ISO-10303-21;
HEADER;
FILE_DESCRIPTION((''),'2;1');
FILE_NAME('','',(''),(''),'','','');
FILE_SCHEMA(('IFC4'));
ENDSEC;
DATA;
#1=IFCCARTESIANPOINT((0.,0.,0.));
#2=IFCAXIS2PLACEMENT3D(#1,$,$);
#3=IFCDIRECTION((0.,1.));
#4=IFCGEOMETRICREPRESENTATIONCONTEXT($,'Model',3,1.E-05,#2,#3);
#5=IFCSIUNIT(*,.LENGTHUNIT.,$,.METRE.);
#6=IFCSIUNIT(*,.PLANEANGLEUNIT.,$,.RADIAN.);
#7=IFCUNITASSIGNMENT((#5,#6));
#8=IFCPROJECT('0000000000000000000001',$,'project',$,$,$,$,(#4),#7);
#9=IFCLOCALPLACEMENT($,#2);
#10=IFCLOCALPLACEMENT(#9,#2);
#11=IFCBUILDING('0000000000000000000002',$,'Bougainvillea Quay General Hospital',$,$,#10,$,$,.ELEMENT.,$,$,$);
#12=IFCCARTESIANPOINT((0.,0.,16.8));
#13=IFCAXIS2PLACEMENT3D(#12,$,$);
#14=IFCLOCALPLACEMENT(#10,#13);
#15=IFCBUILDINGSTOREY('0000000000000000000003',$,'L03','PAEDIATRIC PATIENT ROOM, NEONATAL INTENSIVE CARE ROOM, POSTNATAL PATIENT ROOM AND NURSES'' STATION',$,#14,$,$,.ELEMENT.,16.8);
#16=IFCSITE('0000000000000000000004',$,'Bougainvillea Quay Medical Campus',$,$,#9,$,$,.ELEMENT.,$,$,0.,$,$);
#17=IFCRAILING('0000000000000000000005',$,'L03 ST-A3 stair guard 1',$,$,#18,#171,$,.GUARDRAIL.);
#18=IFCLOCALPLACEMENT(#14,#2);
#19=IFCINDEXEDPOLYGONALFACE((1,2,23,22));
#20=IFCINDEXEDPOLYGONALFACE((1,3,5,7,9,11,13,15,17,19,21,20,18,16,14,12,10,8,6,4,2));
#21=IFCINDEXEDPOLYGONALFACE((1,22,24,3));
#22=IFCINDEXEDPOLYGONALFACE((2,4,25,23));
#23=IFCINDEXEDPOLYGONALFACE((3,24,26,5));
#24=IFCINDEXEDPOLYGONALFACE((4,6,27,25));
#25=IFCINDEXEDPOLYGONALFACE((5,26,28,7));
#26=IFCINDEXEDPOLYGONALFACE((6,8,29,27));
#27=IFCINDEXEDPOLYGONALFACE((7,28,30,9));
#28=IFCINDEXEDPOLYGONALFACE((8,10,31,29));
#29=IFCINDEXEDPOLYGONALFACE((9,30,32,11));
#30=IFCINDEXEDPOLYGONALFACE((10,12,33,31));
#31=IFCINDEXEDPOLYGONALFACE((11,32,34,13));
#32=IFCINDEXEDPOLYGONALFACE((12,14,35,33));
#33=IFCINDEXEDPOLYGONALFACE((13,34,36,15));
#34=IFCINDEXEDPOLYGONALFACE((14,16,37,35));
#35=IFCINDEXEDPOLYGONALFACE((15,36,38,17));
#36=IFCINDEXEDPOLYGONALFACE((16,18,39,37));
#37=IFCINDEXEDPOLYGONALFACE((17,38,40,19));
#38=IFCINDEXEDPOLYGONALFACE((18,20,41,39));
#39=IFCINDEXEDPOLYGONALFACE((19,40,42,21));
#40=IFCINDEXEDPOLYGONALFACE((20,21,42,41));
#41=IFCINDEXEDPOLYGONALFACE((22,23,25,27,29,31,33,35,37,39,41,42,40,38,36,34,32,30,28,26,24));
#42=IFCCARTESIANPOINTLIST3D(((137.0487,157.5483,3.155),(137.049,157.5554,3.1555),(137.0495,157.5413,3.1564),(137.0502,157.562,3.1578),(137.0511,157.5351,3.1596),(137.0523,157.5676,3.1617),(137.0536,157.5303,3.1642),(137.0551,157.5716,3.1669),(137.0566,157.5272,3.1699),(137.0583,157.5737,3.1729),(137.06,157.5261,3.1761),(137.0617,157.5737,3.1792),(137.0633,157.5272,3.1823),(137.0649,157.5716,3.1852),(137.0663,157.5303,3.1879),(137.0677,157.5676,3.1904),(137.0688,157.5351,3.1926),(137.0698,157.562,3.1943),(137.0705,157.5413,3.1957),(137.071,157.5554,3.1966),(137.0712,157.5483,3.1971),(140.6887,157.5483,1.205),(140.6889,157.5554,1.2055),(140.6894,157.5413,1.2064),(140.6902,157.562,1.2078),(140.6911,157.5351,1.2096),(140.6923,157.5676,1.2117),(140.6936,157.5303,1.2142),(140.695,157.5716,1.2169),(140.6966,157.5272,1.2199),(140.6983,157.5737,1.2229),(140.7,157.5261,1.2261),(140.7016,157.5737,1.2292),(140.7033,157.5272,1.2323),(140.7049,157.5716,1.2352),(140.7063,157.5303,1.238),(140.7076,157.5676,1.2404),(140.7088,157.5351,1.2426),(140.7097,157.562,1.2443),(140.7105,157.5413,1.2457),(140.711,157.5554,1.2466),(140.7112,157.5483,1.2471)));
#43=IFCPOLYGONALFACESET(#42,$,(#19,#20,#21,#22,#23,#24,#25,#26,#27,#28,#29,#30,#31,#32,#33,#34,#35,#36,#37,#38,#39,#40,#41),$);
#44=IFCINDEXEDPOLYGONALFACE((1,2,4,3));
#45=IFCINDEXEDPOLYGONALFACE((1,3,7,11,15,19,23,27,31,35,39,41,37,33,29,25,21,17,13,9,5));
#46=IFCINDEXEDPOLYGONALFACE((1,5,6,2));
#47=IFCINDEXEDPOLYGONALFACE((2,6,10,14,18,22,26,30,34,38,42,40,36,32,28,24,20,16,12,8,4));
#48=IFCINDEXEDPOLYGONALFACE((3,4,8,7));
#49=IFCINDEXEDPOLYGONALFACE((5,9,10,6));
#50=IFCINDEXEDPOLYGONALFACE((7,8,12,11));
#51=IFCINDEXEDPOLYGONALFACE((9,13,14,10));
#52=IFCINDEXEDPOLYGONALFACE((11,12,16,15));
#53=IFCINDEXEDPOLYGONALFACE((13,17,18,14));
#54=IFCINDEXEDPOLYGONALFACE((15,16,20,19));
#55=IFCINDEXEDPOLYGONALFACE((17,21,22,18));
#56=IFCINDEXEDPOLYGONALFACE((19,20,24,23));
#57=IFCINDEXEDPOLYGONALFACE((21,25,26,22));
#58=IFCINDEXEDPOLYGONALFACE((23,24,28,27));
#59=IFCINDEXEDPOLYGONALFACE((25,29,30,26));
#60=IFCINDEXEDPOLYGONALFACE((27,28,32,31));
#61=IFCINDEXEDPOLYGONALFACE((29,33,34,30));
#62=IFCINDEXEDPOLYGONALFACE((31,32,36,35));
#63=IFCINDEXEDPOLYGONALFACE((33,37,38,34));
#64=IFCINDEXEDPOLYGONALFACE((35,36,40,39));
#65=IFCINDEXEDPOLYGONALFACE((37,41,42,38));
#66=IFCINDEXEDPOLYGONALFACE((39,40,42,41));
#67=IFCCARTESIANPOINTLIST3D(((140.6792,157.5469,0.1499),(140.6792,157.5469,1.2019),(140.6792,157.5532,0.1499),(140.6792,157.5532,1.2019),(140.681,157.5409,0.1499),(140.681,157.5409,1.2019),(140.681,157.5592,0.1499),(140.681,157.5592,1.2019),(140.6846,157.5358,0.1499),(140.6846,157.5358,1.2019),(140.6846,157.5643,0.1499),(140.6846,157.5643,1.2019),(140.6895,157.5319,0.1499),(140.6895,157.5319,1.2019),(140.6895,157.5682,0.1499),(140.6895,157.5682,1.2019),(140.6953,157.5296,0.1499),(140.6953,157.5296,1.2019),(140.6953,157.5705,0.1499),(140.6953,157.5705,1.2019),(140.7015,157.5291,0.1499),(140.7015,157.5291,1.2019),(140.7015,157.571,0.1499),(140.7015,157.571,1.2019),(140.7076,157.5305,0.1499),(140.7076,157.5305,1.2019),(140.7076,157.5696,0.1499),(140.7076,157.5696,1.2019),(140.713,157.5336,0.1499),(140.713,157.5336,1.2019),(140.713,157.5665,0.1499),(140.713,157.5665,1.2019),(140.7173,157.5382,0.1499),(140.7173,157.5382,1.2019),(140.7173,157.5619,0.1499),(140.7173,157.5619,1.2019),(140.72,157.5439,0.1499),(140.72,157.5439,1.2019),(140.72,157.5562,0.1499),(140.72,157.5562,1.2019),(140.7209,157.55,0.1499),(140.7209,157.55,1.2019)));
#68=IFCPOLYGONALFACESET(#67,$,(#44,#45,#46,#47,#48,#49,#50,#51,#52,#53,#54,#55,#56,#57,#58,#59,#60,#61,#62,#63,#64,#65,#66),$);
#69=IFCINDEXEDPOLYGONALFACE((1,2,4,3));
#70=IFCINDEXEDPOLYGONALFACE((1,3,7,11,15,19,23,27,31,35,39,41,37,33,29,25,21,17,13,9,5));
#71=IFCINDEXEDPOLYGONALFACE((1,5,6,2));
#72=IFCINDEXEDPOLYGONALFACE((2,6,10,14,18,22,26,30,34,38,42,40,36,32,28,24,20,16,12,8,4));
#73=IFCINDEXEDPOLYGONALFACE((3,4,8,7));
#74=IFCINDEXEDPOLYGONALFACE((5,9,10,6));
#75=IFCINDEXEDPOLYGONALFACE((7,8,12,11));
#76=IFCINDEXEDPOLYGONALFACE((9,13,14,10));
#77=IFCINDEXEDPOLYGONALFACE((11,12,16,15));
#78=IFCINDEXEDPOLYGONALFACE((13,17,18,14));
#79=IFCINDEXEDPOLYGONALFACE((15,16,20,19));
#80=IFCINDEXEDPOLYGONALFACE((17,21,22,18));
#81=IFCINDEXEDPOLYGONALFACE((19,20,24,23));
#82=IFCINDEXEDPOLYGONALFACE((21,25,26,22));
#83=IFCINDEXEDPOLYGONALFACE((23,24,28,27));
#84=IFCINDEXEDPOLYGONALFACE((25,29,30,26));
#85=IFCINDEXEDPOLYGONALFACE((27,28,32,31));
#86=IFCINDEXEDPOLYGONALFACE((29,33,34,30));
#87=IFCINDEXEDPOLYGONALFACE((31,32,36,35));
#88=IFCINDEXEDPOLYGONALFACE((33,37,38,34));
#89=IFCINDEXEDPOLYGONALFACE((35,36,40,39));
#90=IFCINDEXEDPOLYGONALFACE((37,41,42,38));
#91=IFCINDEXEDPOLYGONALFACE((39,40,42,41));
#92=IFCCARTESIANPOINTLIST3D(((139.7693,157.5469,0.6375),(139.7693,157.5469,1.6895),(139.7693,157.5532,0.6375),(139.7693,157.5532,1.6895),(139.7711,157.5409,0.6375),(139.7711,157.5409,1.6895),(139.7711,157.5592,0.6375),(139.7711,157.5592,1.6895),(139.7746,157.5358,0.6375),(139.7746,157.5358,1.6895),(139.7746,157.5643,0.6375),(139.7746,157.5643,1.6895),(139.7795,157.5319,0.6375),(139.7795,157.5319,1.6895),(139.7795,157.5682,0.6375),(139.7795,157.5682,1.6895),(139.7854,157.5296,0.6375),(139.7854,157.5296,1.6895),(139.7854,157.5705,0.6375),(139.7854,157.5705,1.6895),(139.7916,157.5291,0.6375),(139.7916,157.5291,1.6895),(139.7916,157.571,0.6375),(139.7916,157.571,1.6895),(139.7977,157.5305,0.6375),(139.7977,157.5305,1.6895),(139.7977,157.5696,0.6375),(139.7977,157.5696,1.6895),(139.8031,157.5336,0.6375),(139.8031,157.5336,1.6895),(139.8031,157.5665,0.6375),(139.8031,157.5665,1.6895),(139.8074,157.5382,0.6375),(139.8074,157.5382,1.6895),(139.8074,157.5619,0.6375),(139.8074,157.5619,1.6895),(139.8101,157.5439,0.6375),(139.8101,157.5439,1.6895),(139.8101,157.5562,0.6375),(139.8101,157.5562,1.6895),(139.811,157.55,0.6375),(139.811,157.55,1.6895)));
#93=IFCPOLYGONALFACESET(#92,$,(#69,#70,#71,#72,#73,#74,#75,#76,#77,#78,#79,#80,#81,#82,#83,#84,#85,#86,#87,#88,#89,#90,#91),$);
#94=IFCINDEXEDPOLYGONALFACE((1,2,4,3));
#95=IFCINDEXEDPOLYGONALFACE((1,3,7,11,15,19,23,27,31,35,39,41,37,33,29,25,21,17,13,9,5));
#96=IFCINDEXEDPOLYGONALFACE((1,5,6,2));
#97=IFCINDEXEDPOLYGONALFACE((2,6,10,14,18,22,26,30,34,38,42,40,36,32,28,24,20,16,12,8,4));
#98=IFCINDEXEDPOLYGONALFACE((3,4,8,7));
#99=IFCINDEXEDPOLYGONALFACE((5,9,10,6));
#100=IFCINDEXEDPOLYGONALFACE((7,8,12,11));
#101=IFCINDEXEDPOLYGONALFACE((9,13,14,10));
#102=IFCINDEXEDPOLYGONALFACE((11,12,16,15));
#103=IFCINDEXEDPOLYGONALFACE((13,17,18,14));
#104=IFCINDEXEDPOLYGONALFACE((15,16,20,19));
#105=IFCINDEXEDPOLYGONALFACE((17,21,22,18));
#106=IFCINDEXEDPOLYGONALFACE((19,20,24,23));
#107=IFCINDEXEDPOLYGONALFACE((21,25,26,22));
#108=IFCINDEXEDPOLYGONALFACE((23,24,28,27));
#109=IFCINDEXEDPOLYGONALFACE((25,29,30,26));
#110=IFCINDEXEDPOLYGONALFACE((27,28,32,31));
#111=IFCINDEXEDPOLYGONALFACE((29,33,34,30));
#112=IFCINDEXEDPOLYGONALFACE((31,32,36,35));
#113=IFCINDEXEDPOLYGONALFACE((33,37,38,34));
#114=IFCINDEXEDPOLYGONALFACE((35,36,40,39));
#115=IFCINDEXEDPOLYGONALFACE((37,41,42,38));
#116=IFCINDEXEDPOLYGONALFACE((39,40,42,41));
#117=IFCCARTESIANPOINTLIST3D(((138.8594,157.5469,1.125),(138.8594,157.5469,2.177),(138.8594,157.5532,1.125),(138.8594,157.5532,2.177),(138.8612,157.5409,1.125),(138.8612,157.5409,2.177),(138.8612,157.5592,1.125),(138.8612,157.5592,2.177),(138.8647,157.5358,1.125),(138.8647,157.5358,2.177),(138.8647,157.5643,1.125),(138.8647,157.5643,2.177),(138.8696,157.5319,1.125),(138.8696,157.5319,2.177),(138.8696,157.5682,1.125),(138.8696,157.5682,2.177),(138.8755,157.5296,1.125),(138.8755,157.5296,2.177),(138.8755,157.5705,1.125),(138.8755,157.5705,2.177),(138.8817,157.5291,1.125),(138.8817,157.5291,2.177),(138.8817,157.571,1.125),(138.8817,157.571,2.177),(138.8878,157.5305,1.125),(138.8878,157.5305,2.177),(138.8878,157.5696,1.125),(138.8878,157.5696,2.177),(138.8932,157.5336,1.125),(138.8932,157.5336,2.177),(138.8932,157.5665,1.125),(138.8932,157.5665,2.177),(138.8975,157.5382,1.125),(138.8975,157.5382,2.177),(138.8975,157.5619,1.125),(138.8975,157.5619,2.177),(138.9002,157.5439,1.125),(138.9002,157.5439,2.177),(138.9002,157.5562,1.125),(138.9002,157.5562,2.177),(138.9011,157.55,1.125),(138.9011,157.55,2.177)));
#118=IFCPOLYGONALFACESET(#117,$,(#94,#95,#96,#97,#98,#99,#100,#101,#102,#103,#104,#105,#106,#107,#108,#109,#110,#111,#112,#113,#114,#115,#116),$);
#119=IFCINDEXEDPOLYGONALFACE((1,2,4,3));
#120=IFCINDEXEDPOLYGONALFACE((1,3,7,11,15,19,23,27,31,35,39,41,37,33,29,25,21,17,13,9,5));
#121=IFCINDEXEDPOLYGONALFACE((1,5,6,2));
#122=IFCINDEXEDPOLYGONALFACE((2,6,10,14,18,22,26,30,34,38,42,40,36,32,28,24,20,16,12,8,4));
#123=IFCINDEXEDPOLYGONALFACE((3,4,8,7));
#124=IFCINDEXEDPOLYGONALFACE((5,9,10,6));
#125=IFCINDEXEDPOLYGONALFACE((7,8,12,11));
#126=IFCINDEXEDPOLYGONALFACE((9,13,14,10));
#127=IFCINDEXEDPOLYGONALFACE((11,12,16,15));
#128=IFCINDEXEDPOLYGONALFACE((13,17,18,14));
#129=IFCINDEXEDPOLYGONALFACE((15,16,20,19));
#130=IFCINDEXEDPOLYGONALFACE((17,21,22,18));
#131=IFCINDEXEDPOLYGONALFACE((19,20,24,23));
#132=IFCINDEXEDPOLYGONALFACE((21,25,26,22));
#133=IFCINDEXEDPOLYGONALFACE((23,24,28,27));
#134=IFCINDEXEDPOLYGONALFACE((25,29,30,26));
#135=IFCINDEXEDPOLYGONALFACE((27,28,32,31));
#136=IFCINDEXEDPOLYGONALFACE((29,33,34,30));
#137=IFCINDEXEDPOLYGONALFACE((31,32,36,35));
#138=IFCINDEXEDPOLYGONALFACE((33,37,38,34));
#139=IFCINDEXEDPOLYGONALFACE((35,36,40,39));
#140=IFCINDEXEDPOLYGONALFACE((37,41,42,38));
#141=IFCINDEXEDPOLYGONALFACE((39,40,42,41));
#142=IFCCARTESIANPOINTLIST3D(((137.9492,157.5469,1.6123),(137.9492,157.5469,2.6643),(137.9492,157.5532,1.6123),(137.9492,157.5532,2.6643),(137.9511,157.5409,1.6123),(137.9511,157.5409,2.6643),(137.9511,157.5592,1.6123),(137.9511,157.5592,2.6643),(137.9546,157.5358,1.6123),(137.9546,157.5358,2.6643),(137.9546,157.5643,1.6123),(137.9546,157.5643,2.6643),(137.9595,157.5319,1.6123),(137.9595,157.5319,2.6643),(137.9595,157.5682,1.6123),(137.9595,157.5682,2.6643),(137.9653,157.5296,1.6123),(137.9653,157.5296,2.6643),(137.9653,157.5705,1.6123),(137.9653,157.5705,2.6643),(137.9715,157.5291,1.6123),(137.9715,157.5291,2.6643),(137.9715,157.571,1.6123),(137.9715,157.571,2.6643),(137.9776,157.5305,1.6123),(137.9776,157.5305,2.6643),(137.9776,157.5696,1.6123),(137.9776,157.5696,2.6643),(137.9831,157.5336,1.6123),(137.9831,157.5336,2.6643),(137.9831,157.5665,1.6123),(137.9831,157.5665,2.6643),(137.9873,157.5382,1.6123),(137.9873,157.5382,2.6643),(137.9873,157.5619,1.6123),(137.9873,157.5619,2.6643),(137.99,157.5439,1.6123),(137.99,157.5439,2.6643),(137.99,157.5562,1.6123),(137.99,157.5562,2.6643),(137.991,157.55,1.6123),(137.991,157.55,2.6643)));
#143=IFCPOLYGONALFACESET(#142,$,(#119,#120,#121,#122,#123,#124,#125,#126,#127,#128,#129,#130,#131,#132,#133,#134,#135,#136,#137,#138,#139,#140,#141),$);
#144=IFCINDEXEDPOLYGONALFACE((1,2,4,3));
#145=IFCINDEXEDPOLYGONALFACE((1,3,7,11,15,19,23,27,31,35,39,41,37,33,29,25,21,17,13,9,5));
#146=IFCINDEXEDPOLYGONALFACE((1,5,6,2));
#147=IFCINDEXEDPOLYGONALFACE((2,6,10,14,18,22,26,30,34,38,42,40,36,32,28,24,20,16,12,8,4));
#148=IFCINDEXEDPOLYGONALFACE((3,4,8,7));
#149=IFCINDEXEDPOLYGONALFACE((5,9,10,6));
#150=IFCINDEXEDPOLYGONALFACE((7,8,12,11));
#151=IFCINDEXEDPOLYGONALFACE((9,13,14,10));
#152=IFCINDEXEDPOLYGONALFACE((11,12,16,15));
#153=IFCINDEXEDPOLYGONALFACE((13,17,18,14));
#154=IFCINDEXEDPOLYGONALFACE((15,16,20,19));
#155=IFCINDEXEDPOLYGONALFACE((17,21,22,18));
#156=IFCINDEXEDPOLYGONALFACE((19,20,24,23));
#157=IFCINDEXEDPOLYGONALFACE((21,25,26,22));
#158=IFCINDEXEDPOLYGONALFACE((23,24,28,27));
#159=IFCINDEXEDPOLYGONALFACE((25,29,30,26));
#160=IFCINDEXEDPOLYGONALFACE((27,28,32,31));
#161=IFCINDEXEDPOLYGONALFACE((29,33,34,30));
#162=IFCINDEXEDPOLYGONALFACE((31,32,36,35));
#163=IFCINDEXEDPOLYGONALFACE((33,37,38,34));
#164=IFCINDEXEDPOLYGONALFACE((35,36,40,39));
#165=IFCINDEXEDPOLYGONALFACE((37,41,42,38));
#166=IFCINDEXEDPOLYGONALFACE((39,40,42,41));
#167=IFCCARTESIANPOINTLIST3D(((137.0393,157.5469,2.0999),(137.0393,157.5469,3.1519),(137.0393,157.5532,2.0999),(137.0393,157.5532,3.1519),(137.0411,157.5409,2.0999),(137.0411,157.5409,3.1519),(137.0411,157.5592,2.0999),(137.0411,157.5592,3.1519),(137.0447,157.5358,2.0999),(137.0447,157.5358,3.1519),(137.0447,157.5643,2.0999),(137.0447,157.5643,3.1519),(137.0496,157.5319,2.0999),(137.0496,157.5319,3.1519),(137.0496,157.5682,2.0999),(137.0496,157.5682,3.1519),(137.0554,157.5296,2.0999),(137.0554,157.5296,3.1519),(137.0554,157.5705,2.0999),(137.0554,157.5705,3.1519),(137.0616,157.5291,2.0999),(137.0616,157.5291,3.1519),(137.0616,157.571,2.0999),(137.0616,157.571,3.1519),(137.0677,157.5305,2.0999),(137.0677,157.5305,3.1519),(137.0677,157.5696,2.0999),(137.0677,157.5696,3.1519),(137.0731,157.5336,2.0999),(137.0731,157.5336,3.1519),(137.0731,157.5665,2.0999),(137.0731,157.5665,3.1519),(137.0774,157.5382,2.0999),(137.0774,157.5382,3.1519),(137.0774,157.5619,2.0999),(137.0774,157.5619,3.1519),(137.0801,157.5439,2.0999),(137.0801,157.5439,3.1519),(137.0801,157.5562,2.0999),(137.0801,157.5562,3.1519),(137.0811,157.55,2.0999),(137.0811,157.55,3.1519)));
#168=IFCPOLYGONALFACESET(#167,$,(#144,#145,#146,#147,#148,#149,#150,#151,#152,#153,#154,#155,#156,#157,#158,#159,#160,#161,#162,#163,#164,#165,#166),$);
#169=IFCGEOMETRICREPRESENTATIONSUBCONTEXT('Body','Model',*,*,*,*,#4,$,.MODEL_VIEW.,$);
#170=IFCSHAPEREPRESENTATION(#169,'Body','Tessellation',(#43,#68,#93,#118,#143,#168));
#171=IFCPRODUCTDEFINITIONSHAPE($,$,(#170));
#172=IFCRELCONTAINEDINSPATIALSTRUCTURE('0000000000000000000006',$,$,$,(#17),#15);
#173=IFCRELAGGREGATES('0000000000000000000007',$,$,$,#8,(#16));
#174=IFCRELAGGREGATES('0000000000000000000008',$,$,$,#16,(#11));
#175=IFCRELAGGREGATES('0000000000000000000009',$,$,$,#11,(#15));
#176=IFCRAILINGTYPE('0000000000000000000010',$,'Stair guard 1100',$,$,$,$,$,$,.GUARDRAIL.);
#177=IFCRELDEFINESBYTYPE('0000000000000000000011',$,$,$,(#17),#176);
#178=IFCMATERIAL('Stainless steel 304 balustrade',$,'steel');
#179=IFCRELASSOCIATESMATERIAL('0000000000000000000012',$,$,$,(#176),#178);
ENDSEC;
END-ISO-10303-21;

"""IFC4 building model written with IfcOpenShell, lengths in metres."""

from ifc_helpers import new_model, si_unit, direction, frame, origin, origin_2d, place, context, subcontext, project, spatial, circle, extrude, material, type_object, element, save


model = new_model("IFC4")

# Units and contexts
model_context = context("Model", 3, precision=1e-05, world=origin(), true_north=direction((0.0, 1.0)))
body_context = subcontext(model_context, "Body", "Model", "MODEL_VIEW")
ifc_project = project(units=[si_unit("LENGTHUNIT", "METRE"), si_unit("PLANEANGLEUNIT", "RADIAN")], contexts=[model_context])

# Site, building, storey
site_placement = place(None, origin())
site = spatial("IfcSite", under=ifc_project, at=site_placement, Name="Bougainvillea Quay Medical Campus", CompositionType="ELEMENT", RefElevation=0.0)
building_placement = place(site_placement, origin())
building = spatial("IfcBuilding", under=site, at=building_placement, Name="Bougainvillea Quay General Hospital", CompositionType="ELEMENT")
storey_placement = place(building_placement, frame((0.0, 0.0, 16.8)))
storey = spatial("IfcBuildingStorey", under=building, at=storey_placement, Name="L03", Description="PAEDIATRIC PATIENT ROOM, NEONATAL INTENSIVE CARE ROOM, POSTNATAL PATIENT ROOM AND NURSES' STATION", CompositionType="ELEMENT", Elevation=16.8)

# Railing
ifc_material_1 = material(Name="Stainless steel 304 balustrade", Category="steel")
railing_type_1 = type_object("IfcRailingType", Name="Stair guard 1100", PredefinedType="GUARDRAIL", material=ifc_material_1)
railing_1_placement = place(storey_placement, frame((140.7, 157.55, 0.1499)))
element("IfcRailing", 1, at=railing_1_placement, inside=storey, type_object=railing_type_1, Name="L03 ST-A3 stair guard 1", PredefinedType="GUARDRAIL", context=body_context, shape_type="SweptSolid", body=[
    extrude(circle(Radius=0.0239, at=origin_2d()), frame((0.0, 0.0, 1.0762), z_axis=(-0.881479, 0.0, 0.472223), x_axis=(0.0, -1.0, 0.0)), (0.0, 0.0, 1.0), 4.1294),
    extrude(circle(Radius=0.021, at=origin_2d()), origin(), (0.0, 0.0, 1.0), 1.052),
    extrude(circle(Radius=0.021, at=origin_2d()), frame((-0.9099, 0.0, 0.4875)), (0.0, 0.0, 1.0), 1.052),
    extrude(circle(Radius=0.021, at=origin_2d()), frame((-1.8198, 0.0, 0.9751)), (0.0, 0.0, 1.0), 1.052),
    extrude(circle(Radius=0.021, at=origin_2d()), frame((-2.73, 0.0, 1.4624)), (0.0, 0.0, 1.0), 1.052),
    extrude(circle(Radius=0.021, at=origin_2d()), frame((-3.6399, 0.0, 1.95)), (0.0, 0.0, 1.0), 1.052),
])

save(model, "model.ifc")
